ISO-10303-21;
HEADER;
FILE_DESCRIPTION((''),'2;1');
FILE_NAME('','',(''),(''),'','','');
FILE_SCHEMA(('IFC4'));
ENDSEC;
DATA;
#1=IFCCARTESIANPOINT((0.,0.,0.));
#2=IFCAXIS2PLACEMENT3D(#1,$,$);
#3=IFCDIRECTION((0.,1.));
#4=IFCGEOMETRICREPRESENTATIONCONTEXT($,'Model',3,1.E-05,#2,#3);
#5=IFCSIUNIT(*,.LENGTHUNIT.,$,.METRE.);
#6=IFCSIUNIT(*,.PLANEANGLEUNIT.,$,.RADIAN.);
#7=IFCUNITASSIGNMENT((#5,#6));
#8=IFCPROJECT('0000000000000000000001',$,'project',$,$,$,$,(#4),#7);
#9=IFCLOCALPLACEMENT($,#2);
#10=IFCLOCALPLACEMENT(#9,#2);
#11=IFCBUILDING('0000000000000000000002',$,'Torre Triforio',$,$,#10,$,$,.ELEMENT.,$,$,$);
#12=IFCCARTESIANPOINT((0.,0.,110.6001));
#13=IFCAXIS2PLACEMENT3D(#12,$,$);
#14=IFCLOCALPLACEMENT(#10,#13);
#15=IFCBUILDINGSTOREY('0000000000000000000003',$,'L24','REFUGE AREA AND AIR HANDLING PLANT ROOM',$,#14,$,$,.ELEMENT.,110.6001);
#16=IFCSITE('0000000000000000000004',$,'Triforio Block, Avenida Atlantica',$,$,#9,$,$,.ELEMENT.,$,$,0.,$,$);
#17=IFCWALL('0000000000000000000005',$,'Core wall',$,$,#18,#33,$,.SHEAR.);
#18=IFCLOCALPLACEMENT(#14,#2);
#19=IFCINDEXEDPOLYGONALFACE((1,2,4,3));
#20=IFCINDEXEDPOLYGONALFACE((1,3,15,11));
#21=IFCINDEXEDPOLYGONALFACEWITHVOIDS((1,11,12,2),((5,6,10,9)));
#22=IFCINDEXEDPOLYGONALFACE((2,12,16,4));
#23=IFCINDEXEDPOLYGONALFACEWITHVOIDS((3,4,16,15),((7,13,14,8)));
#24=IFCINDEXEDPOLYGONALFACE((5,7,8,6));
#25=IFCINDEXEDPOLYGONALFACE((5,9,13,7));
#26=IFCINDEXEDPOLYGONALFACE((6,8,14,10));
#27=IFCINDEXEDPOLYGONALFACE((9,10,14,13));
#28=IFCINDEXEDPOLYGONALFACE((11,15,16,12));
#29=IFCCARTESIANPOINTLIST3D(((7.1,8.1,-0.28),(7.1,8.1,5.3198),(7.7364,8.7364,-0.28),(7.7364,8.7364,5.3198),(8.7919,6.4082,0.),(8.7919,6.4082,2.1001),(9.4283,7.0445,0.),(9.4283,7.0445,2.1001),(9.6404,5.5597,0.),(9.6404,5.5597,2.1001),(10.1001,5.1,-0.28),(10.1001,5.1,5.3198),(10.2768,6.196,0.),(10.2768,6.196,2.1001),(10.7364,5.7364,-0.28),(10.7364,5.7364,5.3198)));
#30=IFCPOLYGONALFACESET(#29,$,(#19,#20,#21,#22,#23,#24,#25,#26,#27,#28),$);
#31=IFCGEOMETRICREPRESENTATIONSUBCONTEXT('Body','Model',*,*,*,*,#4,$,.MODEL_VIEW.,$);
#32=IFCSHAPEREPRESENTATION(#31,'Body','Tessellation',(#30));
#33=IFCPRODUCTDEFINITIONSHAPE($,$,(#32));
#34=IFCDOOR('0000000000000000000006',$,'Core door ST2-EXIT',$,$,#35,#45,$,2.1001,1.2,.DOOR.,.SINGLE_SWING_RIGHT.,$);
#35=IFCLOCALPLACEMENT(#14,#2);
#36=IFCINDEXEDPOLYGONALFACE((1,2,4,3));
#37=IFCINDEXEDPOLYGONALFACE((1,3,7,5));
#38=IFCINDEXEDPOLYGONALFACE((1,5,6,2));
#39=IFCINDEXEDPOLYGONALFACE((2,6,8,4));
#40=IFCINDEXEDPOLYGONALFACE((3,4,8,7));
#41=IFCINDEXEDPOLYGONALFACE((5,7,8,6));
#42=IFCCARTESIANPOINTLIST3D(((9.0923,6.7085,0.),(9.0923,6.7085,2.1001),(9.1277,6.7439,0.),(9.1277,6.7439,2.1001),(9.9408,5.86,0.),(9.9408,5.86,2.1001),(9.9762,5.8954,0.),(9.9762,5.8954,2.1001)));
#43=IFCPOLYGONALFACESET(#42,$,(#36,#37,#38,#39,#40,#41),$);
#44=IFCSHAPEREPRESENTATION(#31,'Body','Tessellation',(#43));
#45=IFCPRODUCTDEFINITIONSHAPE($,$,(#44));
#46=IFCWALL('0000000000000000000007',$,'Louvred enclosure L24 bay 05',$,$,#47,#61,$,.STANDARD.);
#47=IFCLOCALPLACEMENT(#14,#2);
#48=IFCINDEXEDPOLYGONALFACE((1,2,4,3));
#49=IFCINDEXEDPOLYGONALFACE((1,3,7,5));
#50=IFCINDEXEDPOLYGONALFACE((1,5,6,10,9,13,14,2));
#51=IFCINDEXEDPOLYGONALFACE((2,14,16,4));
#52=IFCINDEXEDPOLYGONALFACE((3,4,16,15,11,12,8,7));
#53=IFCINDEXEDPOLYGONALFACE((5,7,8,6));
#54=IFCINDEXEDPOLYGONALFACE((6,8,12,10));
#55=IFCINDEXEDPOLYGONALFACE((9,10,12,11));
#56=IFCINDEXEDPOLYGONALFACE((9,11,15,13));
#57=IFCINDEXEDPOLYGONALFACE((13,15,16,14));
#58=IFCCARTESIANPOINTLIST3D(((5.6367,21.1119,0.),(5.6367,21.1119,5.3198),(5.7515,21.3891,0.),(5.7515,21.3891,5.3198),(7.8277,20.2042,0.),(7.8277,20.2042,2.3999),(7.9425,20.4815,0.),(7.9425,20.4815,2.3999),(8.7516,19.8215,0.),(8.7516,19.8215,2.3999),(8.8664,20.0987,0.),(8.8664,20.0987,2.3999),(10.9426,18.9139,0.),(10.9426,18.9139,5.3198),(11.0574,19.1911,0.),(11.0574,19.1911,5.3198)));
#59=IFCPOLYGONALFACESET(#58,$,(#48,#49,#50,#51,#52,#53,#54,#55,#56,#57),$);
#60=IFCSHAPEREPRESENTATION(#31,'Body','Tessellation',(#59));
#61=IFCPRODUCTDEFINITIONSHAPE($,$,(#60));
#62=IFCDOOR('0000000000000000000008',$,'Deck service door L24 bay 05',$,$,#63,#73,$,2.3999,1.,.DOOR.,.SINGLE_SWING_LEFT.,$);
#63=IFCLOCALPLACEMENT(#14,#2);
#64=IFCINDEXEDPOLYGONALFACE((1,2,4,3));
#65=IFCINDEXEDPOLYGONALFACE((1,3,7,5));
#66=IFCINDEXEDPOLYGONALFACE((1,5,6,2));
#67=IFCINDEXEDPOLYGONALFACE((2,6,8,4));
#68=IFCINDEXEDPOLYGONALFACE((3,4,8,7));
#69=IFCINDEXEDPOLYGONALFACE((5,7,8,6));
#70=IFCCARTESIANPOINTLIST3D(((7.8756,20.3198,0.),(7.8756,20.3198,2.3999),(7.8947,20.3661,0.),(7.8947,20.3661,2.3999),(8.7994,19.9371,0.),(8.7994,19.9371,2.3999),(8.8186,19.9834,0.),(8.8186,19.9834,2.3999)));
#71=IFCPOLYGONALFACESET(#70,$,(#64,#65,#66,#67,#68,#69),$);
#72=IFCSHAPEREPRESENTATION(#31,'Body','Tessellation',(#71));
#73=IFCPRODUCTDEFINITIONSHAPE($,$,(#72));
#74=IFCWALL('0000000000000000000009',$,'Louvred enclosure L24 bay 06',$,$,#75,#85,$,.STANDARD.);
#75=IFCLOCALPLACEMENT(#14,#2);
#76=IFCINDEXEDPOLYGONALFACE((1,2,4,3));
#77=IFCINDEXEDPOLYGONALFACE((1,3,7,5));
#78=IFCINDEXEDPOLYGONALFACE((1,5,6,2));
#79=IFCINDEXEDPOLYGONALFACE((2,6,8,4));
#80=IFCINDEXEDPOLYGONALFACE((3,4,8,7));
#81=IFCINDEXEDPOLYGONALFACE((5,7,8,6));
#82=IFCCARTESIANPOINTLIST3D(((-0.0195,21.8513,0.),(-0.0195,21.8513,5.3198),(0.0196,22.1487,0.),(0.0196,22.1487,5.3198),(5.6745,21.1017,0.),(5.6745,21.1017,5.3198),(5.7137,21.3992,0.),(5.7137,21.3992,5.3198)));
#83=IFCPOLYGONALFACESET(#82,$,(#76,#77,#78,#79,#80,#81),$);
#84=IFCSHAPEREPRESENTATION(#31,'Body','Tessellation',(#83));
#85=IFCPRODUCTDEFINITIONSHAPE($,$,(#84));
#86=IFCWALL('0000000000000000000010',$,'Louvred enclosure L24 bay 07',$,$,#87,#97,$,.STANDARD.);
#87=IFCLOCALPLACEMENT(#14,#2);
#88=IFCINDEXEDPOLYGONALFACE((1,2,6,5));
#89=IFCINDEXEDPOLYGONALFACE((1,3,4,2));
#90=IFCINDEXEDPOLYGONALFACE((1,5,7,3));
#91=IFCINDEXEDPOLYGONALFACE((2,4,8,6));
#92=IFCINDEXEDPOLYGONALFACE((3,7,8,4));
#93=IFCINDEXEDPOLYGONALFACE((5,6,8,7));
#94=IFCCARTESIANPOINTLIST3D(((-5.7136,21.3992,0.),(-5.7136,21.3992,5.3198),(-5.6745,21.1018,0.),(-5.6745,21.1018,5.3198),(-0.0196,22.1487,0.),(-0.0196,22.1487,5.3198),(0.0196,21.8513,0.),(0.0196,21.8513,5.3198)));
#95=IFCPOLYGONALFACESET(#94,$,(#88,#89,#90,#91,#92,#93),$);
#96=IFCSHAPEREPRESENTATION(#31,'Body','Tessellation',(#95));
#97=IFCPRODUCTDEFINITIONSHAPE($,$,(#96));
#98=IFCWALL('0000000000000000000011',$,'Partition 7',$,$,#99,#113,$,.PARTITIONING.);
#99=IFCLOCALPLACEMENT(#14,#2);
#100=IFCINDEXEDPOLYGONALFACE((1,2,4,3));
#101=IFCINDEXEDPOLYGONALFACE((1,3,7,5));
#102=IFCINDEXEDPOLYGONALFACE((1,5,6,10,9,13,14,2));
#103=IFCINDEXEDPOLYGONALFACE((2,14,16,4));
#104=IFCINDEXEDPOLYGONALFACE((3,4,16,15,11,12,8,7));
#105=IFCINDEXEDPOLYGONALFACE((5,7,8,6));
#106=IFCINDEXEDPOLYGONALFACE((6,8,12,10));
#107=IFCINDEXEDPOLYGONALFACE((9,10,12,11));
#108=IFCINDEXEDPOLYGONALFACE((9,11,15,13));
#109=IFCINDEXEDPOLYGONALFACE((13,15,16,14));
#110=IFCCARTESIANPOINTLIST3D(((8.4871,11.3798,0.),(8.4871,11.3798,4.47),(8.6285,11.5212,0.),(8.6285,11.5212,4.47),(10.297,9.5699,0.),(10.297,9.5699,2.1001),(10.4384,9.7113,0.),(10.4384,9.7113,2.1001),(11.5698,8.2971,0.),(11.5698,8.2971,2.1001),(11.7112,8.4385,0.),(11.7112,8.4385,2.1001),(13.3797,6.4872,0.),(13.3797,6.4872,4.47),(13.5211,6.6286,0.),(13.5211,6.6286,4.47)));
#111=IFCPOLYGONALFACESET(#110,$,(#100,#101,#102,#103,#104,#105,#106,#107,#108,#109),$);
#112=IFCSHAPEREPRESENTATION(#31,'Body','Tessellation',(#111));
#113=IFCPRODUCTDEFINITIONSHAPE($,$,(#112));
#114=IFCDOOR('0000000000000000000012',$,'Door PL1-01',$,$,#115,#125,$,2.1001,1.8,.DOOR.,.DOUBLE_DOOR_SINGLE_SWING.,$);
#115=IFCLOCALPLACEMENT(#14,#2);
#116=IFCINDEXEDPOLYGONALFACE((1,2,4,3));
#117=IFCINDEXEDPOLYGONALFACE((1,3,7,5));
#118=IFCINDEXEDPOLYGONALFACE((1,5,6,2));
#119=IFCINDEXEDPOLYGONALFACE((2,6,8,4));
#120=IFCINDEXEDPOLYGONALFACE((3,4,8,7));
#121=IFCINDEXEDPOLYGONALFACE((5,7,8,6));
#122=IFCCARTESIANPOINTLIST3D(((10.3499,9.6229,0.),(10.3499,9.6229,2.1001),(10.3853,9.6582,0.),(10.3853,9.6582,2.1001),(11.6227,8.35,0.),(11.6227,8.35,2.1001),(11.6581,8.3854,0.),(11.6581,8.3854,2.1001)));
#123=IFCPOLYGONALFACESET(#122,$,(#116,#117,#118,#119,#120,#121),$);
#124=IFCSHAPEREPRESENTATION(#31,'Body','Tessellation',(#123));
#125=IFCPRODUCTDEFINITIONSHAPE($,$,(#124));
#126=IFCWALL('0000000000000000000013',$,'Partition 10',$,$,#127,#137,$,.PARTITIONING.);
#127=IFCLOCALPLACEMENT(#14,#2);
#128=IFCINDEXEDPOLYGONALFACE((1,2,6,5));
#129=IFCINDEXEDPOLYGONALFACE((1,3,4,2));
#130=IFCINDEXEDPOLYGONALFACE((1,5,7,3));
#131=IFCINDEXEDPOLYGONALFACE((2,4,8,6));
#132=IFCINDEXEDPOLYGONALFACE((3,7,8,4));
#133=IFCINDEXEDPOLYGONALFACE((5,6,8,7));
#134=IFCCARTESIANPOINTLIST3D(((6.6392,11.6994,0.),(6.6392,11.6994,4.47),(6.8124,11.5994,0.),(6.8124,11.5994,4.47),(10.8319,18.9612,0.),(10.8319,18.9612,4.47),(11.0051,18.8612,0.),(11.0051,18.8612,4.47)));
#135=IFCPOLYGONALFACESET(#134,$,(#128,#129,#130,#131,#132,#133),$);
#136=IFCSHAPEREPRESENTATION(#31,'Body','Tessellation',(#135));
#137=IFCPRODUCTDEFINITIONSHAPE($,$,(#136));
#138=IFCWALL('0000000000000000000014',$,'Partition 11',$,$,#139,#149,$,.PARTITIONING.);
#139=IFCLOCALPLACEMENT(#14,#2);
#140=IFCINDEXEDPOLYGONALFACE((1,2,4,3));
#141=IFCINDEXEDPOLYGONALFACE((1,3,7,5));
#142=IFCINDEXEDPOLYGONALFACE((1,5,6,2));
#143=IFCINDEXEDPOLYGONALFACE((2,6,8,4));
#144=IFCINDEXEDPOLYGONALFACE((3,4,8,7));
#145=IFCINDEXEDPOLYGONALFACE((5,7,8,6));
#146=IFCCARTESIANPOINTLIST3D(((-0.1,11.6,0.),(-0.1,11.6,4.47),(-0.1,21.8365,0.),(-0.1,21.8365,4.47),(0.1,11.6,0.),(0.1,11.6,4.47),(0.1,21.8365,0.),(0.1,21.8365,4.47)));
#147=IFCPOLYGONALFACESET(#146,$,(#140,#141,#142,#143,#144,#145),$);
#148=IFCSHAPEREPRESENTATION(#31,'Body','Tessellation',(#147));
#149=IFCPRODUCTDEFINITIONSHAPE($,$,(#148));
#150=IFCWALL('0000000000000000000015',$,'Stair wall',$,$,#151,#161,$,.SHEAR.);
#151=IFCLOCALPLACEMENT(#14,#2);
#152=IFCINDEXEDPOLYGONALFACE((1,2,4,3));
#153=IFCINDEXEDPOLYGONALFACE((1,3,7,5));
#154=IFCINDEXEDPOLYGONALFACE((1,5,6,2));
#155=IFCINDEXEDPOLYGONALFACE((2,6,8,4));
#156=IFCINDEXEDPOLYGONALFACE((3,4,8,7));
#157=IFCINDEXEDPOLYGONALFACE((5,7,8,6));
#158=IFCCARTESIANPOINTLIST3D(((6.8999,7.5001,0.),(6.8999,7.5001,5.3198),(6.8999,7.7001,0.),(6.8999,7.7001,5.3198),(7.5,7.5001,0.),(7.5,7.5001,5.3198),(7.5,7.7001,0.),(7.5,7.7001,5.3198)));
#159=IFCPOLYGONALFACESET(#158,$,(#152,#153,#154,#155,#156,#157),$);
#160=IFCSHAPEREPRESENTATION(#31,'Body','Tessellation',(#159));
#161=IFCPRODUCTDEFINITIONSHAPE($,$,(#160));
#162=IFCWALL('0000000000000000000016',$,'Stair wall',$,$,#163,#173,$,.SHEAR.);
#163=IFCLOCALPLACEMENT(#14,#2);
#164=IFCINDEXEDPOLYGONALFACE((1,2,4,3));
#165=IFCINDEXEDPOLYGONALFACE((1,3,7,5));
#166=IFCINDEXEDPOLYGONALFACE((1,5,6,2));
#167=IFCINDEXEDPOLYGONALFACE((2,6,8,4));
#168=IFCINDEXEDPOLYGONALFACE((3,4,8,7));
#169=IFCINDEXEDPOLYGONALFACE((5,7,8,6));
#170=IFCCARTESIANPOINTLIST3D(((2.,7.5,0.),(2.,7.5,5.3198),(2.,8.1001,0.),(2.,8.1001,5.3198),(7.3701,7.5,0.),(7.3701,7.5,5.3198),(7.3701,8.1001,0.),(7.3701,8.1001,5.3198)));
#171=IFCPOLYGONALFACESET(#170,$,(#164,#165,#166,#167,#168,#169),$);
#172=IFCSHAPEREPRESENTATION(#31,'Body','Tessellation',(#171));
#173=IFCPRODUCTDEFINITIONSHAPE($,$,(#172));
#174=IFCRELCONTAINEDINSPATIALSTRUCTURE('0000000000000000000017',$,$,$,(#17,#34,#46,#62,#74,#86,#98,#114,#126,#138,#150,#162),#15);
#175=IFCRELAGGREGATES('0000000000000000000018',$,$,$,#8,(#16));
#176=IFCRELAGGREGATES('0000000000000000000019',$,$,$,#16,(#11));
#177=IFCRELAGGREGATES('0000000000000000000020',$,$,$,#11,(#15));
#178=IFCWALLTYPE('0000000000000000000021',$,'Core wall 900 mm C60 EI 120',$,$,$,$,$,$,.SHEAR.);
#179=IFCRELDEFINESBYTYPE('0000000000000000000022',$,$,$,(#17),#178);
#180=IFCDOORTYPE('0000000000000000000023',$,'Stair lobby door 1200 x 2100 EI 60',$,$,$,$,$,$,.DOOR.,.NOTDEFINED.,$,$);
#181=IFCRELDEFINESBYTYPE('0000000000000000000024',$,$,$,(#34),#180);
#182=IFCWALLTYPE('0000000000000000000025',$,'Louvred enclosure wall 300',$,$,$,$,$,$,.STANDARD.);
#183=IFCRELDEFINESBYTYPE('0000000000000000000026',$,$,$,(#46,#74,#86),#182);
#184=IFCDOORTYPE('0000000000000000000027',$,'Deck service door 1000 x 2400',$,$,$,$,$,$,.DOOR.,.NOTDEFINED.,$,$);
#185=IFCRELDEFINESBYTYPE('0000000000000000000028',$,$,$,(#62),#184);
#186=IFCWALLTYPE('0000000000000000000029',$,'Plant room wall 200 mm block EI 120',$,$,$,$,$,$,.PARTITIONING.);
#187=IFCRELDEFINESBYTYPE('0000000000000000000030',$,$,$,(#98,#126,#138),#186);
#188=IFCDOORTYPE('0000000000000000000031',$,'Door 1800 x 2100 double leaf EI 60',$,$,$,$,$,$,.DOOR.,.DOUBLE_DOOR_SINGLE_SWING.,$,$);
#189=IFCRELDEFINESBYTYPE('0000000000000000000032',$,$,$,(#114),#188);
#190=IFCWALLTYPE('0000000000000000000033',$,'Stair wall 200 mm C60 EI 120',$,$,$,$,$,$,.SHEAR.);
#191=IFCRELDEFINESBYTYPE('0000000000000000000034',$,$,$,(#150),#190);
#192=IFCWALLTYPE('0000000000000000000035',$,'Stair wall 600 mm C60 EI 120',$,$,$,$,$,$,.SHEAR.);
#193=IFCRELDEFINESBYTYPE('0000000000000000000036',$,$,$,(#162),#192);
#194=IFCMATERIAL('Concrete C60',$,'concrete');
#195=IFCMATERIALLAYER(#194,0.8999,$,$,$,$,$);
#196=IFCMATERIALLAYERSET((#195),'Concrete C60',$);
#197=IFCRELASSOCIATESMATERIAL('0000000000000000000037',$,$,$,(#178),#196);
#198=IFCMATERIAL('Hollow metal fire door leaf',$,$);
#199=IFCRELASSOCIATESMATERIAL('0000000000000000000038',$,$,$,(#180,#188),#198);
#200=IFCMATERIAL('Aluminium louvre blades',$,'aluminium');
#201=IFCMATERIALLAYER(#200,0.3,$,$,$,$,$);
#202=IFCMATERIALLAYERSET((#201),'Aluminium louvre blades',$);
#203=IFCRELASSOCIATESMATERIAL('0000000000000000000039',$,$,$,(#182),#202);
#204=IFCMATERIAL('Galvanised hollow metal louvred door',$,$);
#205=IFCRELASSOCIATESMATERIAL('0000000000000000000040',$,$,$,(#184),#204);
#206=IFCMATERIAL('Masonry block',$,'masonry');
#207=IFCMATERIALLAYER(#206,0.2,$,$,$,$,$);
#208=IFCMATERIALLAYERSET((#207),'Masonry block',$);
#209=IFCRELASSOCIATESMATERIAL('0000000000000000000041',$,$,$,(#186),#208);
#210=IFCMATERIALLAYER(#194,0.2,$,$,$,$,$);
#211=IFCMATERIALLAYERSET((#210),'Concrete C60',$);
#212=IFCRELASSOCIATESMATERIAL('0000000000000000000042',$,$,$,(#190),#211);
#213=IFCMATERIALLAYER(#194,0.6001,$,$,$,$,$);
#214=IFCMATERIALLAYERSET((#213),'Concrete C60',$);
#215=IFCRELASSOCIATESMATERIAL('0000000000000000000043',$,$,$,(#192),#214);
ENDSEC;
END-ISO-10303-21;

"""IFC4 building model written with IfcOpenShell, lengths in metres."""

from ifc_helpers import new_model, si_unit, direction, frame, frame_2d, origin, place, context, subcontext, project, spatial, rectangle, extrude, material, layer, layer_set, type_object, element, fill, save


model = new_model("IFC4")

# Units and contexts
model_context = context("Model", 3, precision=1e-05, world=origin(), true_north=direction((0.0, 1.0)))
body_context = subcontext(model_context, "Body", "Model", "MODEL_VIEW")
ifc_project = project(units=[si_unit("LENGTHUNIT", "METRE"), si_unit("PLANEANGLEUNIT", "RADIAN")], contexts=[model_context])

# Site, building, storey
site_placement = place(None, origin())
site = spatial("IfcSite", under=ifc_project, at=site_placement, Name="Triforio Block, Avenida Atlantica", CompositionType="ELEMENT", RefElevation=0.0)
building_placement = place(site_placement, origin())
building = spatial("IfcBuilding", under=site, at=building_placement, Name="Torre Triforio", CompositionType="ELEMENT")
storey_placement = place(building_placement, frame((0.0, 0.0, 110.6001)))
storey = spatial("IfcBuildingStorey", under=building, at=storey_placement, Name="L24", Description="REFUGE AREA AND AIR HANDLING PLANT ROOM", CompositionType="ELEMENT", Elevation=110.6001)

# Shared definitions
ifc_material_1 = material(Name="Concrete C60", Category="concrete")

# Walls, openings, doors
ifc_layer_1 = layer(ifc_material_1, 0.8999)
ifc_layer_set_1 = layer_set([ifc_layer_1], Name="Concrete C60")
wall_type_1 = type_object("IfcWallType", Name="Core wall 900 mm C60 EI 120", PredefinedType="SHEAR", material=ifc_layer_set_1)
wall_1_placement = place(storey_placement, frame((7.4182, 8.4182, -0.28), z_axis=(0.0, 0.0, 1.0), x_axis=(0.707107, -0.707107, 0.0)))
wall_1 = element("IfcWall", 1, at=wall_1_placement, inside=storey, type_object=wall_type_1, Name="Core wall", PredefinedType="SHEAR", context=body_context, shape_type="SweptSolid", body=[
    extrude(rectangle(XDim=4.2427, YDim=0.8999, at=frame_2d((2.1213, 0.0))), origin(), (0.0, 0.0, 1.0), 5.5999),
])
opening_1_placement = place(wall_1_placement, frame((2.3926, 0.0, 0.28)))
opening_1 = element("IfcOpeningElement", 2, at=opening_1_placement, cuts=wall_1, PredefinedType="OPENING", context=body_context, shape_type="SweptSolid", body=[
    extrude(rectangle(XDim=1.2, YDim=2.1001, at=frame_2d((0.6001, 1.05))), frame((0.0, 0.46, 0.0), z_axis=(0.0, -1.0, 0.0), x_axis=(1.0, 0.0, 0.0)), (0.0, 0.0, 1.0), 0.9199),
])
ifc_material_2 = material(Name="Hollow metal fire door leaf")
door_type_1 = type_object("IfcDoorType", Name="Stair lobby door 1200 x 2100 EI 60", OperationType="NOTDEFINED", PredefinedType="DOOR", material=ifc_material_2)
door_1_placement = place(opening_1_placement, origin())
door_1 = element("IfcDoor", 3, at=door_1_placement, inside=storey, type_object=door_type_1, Name="Core door ST2-EXIT", OperationType="SINGLE_SWING_RIGHT", OverallHeight=2.1001, OverallWidth=1.2, PredefinedType="DOOR", context=body_context, shape_type="SweptSolid", body=[
    extrude(rectangle(XDim=1.2, YDim=2.1001, at=frame_2d((0.6001, 1.05))), frame((0.0, 0.0249, 0.0), z_axis=(0.0, -1.0, 0.0), x_axis=(1.0, 0.0, 0.0)), (0.0, 0.0, 1.0), 0.05),
])
fill(opening_1, door_1)
ifc_material_3 = material(Name="Aluminium louvre blades", Category="aluminium")
ifc_layer_2 = layer(ifc_material_3, 0.3)
ifc_layer_set_2 = layer_set([ifc_layer_2], Name="Aluminium louvre blades")
wall_type_2 = type_object("IfcWallType", Name="Louvred enclosure wall 300", PredefinedType="STANDARD", material=ifc_layer_set_2)
wall_2_placement = place(storey_placement, frame((11.0, 19.0525, 0.0), z_axis=(0.0, 0.0, 1.0), x_axis=(-0.923866, 0.382716, 0.0)))
wall_2 = element("IfcWall", 4, at=wall_2_placement, inside=storey, type_object=wall_type_2, Name="Louvred enclosure L24 bay 05", PredefinedType="STANDARD", context=body_context, shape_type="SweptSolid", body=[
    extrude(rectangle(XDim=5.7432, YDim=0.3, at=frame_2d((2.8716, 0.0))), origin(), (0.0, 0.0, 1.0), 5.3198),
])
opening_2_placement = place(wall_2_placement, frame((2.3716, 0.0, 0.0)))
opening_2 = element("IfcOpeningElement", 5, at=opening_2_placement, cuts=wall_2, PredefinedType="OPENING", context=body_context, shape_type="SweptSolid", body=[
    extrude(rectangle(XDim=1.0, YDim=2.3999, at=frame_2d((0.5, 1.2))), frame((0.0, 0.1599, 0.0), z_axis=(0.0, -1.0, 0.0), x_axis=(1.0, 0.0, 0.0)), (0.0, 0.0, 1.0), 0.3201),
])
ifc_material_4 = material(Name="Galvanised hollow metal louvred door")
door_type_2 = type_object("IfcDoorType", Name="Deck service door 1000 x 2400", OperationType="NOTDEFINED", PredefinedType="DOOR", material=ifc_material_4)
door_2_placement = place(opening_2_placement, origin())
door_2 = element("IfcDoor", 6, at=door_2_placement, inside=storey, type_object=door_type_2, Name="Deck service door L24 bay 05", OperationType="SINGLE_SWING_LEFT", OverallHeight=2.3999, OverallWidth=1.0, PredefinedType="DOOR", context=body_context, shape_type="SweptSolid", body=[
    extrude(rectangle(XDim=1.0, YDim=2.3999, at=frame_2d((0.5, 1.2))), frame((0.0, 0.0249, 0.0), z_axis=(0.0, -1.0, 0.0), x_axis=(1.0, 0.0, 0.0)), (0.0, 0.0, 1.0), 0.05),
])
fill(opening_2, door_2)

# Walls
for number, where, z_axis, x_axis, name in (
    (7, (5.6941, 21.2505, 0.0), (0.0, 0.0, 1.0), (-0.991448, 0.130504, 0.0), "Louvred enclosure L24 bay 06"),
    (8, (0.0, 22.0, 0.0), (0.0, 0.0, 1.0), (-0.991448, -0.130504, 0.0), "Louvred enclosure L24 bay 07"),
):
    element("IfcWall", number, at=place(storey_placement, frame(where, z_axis=z_axis, x_axis=x_axis)), inside=storey, type_object=wall_type_2, Name=name, PredefinedType="STANDARD", context=body_context, shape_type="SweptSolid", body=[
        extrude(rectangle(XDim=5.7432, YDim=0.3, at=frame_2d((2.8716, 0.0))), origin(), (0.0, 0.0, 1.0), 5.3198),
    ])

# Wall, opening, door
ifc_material_5 = material(Name="Masonry block", Category="masonry")
ifc_layer_3 = layer(ifc_material_5, 0.2)
ifc_layer_set_3 = layer_set([ifc_layer_3], Name="Masonry block")
wall_type_3 = type_object("IfcWallType", Name="Plant room wall 200 mm block EI 120", PredefinedType="PARTITIONING", material=ifc_layer_set_3)
wall_3_placement = place(storey_placement, frame((8.5579, 11.4504, 0.0), z_axis=(0.0, 0.0, 1.0), x_axis=(0.707107, -0.707107, 0.0)))
wall_3 = element("IfcWall", 9, at=wall_3_placement, inside=storey, type_object=wall_type_3, Name="Partition 7", PredefinedType="PARTITIONING", context=body_context, shape_type="SweptSolid", body=[
    extrude(rectangle(XDim=6.9192, YDim=0.2, at=frame_2d((3.4595, 0.0))), origin(), (0.0, 0.0, 1.0), 4.47),
])
opening_3_placement = place(wall_3_placement, frame((2.5596, 0.0, 0.0)))
opening_3 = element("IfcOpeningElement", 10, at=opening_3_placement, cuts=wall_3, PredefinedType="OPENING", context=body_context, shape_type="SweptSolid", body=[
    extrude(rectangle(XDim=1.8, YDim=2.1001, at=frame_2d((0.8999, 1.05))), frame((0.0, 0.1099, 0.0), z_axis=(0.0, -1.0, 0.0), x_axis=(1.0, 0.0, 0.0)), (0.0, 0.0, 1.0), 0.22),
])
door_type_3 = type_object("IfcDoorType", Name="Door 1800 x 2100 double leaf EI 60", OperationType="DOUBLE_DOOR_SINGLE_SWING", PredefinedType="DOOR", material=ifc_material_2)
door_3_placement = place(opening_3_placement, origin())
door_3 = element("IfcDoor", 11, at=door_3_placement, inside=storey, type_object=door_type_3, Name="Door PL1-01", OperationType="DOUBLE_DOOR_SINGLE_SWING", OverallHeight=2.1001, OverallWidth=1.8, PredefinedType="DOOR", context=body_context, shape_type="SweptSolid", body=[
    extrude(rectangle(XDim=1.8, YDim=2.1001, at=frame_2d((0.8999, 1.05))), frame((0.0, 0.0249, 0.0), z_axis=(0.0, -1.0, 0.0), x_axis=(1.0, 0.0, 0.0)), (0.0, 0.0, 1.0), 0.05),
])
fill(opening_3, door_3)

# Walls
wall_4_placement = place(storey_placement, frame((6.7258, 11.6494, 0.0), z_axis=(0.0, 0.0, 1.0), x_axis=(0.500006, 0.866022, 0.0)))
element("IfcWall", 12, at=wall_4_placement, inside=storey, type_object=wall_type_3, Name="Partition 10", PredefinedType="PARTITIONING", context=body_context, shape_type="SweptSolid", body=[
    extrude(rectangle(XDim=8.3853, YDim=0.2, at=frame_2d((4.1926, 0.0))), origin(), (0.0, 0.0, 1.0), 4.47),
])
wall_5_placement = place(storey_placement, frame((0.0, 11.6001, 0.0), z_axis=(0.0, 0.0, 1.0), x_axis=(0.0, 1.0, 0.0)))
element("IfcWall", 13, at=wall_5_placement, inside=storey, type_object=wall_type_3, Name="Partition 11", PredefinedType="PARTITIONING", context=body_context, shape_type="SweptSolid", body=[
    extrude(rectangle(XDim=10.2366, YDim=0.2, at=frame_2d((5.1182, 0.0))), origin(), (0.0, 0.0, 1.0), 4.47),
])
ifc_layer_4 = layer(ifc_material_1, 0.2)
ifc_layer_set_4 = layer_set([ifc_layer_4], Name="Concrete C60")
wall_type_4 = type_object("IfcWallType", Name="Stair wall 200 mm C60 EI 120", PredefinedType="SHEAR", material=ifc_layer_set_4)
wall_6_placement = place(storey_placement, frame((6.8999, 7.6001, 0.0), z_axis=(0.0, 0.0, 1.0), x_axis=(1.0, 0.0, 0.0)))
element("IfcWall", 14, at=wall_6_placement, inside=storey, type_object=wall_type_4, Name="Stair wall", PredefinedType="SHEAR", context=body_context, shape_type="SweptSolid", body=[
    extrude(rectangle(XDim=0.6001, YDim=0.2, at=frame_2d((0.3, 0.0))), origin(), (0.0, 0.0, 1.0), 5.3198),
])
ifc_layer_5 = layer(ifc_material_1, 0.6001)
ifc_layer_set_5 = layer_set([ifc_layer_5], Name="Concrete C60")
wall_type_5 = type_object("IfcWallType", Name="Stair wall 600 mm C60 EI 120", PredefinedType="SHEAR", material=ifc_layer_set_5)
wall_7_placement = place(storey_placement, frame((2.0, 7.8, 0.0), z_axis=(0.0, 0.0, 1.0), x_axis=(1.0, 0.0, 0.0)))
element("IfcWall", 15, at=wall_7_placement, inside=storey, type_object=wall_type_5, Name="Stair wall", PredefinedType="SHEAR", context=body_context, shape_type="SweptSolid", body=[
    extrude(rectangle(XDim=5.3701, YDim=0.6001, at=frame_2d((2.6851, 0.0))), origin(), (0.0, 0.0, 1.0), 5.3198),
])

save(model, "model.ifc")
